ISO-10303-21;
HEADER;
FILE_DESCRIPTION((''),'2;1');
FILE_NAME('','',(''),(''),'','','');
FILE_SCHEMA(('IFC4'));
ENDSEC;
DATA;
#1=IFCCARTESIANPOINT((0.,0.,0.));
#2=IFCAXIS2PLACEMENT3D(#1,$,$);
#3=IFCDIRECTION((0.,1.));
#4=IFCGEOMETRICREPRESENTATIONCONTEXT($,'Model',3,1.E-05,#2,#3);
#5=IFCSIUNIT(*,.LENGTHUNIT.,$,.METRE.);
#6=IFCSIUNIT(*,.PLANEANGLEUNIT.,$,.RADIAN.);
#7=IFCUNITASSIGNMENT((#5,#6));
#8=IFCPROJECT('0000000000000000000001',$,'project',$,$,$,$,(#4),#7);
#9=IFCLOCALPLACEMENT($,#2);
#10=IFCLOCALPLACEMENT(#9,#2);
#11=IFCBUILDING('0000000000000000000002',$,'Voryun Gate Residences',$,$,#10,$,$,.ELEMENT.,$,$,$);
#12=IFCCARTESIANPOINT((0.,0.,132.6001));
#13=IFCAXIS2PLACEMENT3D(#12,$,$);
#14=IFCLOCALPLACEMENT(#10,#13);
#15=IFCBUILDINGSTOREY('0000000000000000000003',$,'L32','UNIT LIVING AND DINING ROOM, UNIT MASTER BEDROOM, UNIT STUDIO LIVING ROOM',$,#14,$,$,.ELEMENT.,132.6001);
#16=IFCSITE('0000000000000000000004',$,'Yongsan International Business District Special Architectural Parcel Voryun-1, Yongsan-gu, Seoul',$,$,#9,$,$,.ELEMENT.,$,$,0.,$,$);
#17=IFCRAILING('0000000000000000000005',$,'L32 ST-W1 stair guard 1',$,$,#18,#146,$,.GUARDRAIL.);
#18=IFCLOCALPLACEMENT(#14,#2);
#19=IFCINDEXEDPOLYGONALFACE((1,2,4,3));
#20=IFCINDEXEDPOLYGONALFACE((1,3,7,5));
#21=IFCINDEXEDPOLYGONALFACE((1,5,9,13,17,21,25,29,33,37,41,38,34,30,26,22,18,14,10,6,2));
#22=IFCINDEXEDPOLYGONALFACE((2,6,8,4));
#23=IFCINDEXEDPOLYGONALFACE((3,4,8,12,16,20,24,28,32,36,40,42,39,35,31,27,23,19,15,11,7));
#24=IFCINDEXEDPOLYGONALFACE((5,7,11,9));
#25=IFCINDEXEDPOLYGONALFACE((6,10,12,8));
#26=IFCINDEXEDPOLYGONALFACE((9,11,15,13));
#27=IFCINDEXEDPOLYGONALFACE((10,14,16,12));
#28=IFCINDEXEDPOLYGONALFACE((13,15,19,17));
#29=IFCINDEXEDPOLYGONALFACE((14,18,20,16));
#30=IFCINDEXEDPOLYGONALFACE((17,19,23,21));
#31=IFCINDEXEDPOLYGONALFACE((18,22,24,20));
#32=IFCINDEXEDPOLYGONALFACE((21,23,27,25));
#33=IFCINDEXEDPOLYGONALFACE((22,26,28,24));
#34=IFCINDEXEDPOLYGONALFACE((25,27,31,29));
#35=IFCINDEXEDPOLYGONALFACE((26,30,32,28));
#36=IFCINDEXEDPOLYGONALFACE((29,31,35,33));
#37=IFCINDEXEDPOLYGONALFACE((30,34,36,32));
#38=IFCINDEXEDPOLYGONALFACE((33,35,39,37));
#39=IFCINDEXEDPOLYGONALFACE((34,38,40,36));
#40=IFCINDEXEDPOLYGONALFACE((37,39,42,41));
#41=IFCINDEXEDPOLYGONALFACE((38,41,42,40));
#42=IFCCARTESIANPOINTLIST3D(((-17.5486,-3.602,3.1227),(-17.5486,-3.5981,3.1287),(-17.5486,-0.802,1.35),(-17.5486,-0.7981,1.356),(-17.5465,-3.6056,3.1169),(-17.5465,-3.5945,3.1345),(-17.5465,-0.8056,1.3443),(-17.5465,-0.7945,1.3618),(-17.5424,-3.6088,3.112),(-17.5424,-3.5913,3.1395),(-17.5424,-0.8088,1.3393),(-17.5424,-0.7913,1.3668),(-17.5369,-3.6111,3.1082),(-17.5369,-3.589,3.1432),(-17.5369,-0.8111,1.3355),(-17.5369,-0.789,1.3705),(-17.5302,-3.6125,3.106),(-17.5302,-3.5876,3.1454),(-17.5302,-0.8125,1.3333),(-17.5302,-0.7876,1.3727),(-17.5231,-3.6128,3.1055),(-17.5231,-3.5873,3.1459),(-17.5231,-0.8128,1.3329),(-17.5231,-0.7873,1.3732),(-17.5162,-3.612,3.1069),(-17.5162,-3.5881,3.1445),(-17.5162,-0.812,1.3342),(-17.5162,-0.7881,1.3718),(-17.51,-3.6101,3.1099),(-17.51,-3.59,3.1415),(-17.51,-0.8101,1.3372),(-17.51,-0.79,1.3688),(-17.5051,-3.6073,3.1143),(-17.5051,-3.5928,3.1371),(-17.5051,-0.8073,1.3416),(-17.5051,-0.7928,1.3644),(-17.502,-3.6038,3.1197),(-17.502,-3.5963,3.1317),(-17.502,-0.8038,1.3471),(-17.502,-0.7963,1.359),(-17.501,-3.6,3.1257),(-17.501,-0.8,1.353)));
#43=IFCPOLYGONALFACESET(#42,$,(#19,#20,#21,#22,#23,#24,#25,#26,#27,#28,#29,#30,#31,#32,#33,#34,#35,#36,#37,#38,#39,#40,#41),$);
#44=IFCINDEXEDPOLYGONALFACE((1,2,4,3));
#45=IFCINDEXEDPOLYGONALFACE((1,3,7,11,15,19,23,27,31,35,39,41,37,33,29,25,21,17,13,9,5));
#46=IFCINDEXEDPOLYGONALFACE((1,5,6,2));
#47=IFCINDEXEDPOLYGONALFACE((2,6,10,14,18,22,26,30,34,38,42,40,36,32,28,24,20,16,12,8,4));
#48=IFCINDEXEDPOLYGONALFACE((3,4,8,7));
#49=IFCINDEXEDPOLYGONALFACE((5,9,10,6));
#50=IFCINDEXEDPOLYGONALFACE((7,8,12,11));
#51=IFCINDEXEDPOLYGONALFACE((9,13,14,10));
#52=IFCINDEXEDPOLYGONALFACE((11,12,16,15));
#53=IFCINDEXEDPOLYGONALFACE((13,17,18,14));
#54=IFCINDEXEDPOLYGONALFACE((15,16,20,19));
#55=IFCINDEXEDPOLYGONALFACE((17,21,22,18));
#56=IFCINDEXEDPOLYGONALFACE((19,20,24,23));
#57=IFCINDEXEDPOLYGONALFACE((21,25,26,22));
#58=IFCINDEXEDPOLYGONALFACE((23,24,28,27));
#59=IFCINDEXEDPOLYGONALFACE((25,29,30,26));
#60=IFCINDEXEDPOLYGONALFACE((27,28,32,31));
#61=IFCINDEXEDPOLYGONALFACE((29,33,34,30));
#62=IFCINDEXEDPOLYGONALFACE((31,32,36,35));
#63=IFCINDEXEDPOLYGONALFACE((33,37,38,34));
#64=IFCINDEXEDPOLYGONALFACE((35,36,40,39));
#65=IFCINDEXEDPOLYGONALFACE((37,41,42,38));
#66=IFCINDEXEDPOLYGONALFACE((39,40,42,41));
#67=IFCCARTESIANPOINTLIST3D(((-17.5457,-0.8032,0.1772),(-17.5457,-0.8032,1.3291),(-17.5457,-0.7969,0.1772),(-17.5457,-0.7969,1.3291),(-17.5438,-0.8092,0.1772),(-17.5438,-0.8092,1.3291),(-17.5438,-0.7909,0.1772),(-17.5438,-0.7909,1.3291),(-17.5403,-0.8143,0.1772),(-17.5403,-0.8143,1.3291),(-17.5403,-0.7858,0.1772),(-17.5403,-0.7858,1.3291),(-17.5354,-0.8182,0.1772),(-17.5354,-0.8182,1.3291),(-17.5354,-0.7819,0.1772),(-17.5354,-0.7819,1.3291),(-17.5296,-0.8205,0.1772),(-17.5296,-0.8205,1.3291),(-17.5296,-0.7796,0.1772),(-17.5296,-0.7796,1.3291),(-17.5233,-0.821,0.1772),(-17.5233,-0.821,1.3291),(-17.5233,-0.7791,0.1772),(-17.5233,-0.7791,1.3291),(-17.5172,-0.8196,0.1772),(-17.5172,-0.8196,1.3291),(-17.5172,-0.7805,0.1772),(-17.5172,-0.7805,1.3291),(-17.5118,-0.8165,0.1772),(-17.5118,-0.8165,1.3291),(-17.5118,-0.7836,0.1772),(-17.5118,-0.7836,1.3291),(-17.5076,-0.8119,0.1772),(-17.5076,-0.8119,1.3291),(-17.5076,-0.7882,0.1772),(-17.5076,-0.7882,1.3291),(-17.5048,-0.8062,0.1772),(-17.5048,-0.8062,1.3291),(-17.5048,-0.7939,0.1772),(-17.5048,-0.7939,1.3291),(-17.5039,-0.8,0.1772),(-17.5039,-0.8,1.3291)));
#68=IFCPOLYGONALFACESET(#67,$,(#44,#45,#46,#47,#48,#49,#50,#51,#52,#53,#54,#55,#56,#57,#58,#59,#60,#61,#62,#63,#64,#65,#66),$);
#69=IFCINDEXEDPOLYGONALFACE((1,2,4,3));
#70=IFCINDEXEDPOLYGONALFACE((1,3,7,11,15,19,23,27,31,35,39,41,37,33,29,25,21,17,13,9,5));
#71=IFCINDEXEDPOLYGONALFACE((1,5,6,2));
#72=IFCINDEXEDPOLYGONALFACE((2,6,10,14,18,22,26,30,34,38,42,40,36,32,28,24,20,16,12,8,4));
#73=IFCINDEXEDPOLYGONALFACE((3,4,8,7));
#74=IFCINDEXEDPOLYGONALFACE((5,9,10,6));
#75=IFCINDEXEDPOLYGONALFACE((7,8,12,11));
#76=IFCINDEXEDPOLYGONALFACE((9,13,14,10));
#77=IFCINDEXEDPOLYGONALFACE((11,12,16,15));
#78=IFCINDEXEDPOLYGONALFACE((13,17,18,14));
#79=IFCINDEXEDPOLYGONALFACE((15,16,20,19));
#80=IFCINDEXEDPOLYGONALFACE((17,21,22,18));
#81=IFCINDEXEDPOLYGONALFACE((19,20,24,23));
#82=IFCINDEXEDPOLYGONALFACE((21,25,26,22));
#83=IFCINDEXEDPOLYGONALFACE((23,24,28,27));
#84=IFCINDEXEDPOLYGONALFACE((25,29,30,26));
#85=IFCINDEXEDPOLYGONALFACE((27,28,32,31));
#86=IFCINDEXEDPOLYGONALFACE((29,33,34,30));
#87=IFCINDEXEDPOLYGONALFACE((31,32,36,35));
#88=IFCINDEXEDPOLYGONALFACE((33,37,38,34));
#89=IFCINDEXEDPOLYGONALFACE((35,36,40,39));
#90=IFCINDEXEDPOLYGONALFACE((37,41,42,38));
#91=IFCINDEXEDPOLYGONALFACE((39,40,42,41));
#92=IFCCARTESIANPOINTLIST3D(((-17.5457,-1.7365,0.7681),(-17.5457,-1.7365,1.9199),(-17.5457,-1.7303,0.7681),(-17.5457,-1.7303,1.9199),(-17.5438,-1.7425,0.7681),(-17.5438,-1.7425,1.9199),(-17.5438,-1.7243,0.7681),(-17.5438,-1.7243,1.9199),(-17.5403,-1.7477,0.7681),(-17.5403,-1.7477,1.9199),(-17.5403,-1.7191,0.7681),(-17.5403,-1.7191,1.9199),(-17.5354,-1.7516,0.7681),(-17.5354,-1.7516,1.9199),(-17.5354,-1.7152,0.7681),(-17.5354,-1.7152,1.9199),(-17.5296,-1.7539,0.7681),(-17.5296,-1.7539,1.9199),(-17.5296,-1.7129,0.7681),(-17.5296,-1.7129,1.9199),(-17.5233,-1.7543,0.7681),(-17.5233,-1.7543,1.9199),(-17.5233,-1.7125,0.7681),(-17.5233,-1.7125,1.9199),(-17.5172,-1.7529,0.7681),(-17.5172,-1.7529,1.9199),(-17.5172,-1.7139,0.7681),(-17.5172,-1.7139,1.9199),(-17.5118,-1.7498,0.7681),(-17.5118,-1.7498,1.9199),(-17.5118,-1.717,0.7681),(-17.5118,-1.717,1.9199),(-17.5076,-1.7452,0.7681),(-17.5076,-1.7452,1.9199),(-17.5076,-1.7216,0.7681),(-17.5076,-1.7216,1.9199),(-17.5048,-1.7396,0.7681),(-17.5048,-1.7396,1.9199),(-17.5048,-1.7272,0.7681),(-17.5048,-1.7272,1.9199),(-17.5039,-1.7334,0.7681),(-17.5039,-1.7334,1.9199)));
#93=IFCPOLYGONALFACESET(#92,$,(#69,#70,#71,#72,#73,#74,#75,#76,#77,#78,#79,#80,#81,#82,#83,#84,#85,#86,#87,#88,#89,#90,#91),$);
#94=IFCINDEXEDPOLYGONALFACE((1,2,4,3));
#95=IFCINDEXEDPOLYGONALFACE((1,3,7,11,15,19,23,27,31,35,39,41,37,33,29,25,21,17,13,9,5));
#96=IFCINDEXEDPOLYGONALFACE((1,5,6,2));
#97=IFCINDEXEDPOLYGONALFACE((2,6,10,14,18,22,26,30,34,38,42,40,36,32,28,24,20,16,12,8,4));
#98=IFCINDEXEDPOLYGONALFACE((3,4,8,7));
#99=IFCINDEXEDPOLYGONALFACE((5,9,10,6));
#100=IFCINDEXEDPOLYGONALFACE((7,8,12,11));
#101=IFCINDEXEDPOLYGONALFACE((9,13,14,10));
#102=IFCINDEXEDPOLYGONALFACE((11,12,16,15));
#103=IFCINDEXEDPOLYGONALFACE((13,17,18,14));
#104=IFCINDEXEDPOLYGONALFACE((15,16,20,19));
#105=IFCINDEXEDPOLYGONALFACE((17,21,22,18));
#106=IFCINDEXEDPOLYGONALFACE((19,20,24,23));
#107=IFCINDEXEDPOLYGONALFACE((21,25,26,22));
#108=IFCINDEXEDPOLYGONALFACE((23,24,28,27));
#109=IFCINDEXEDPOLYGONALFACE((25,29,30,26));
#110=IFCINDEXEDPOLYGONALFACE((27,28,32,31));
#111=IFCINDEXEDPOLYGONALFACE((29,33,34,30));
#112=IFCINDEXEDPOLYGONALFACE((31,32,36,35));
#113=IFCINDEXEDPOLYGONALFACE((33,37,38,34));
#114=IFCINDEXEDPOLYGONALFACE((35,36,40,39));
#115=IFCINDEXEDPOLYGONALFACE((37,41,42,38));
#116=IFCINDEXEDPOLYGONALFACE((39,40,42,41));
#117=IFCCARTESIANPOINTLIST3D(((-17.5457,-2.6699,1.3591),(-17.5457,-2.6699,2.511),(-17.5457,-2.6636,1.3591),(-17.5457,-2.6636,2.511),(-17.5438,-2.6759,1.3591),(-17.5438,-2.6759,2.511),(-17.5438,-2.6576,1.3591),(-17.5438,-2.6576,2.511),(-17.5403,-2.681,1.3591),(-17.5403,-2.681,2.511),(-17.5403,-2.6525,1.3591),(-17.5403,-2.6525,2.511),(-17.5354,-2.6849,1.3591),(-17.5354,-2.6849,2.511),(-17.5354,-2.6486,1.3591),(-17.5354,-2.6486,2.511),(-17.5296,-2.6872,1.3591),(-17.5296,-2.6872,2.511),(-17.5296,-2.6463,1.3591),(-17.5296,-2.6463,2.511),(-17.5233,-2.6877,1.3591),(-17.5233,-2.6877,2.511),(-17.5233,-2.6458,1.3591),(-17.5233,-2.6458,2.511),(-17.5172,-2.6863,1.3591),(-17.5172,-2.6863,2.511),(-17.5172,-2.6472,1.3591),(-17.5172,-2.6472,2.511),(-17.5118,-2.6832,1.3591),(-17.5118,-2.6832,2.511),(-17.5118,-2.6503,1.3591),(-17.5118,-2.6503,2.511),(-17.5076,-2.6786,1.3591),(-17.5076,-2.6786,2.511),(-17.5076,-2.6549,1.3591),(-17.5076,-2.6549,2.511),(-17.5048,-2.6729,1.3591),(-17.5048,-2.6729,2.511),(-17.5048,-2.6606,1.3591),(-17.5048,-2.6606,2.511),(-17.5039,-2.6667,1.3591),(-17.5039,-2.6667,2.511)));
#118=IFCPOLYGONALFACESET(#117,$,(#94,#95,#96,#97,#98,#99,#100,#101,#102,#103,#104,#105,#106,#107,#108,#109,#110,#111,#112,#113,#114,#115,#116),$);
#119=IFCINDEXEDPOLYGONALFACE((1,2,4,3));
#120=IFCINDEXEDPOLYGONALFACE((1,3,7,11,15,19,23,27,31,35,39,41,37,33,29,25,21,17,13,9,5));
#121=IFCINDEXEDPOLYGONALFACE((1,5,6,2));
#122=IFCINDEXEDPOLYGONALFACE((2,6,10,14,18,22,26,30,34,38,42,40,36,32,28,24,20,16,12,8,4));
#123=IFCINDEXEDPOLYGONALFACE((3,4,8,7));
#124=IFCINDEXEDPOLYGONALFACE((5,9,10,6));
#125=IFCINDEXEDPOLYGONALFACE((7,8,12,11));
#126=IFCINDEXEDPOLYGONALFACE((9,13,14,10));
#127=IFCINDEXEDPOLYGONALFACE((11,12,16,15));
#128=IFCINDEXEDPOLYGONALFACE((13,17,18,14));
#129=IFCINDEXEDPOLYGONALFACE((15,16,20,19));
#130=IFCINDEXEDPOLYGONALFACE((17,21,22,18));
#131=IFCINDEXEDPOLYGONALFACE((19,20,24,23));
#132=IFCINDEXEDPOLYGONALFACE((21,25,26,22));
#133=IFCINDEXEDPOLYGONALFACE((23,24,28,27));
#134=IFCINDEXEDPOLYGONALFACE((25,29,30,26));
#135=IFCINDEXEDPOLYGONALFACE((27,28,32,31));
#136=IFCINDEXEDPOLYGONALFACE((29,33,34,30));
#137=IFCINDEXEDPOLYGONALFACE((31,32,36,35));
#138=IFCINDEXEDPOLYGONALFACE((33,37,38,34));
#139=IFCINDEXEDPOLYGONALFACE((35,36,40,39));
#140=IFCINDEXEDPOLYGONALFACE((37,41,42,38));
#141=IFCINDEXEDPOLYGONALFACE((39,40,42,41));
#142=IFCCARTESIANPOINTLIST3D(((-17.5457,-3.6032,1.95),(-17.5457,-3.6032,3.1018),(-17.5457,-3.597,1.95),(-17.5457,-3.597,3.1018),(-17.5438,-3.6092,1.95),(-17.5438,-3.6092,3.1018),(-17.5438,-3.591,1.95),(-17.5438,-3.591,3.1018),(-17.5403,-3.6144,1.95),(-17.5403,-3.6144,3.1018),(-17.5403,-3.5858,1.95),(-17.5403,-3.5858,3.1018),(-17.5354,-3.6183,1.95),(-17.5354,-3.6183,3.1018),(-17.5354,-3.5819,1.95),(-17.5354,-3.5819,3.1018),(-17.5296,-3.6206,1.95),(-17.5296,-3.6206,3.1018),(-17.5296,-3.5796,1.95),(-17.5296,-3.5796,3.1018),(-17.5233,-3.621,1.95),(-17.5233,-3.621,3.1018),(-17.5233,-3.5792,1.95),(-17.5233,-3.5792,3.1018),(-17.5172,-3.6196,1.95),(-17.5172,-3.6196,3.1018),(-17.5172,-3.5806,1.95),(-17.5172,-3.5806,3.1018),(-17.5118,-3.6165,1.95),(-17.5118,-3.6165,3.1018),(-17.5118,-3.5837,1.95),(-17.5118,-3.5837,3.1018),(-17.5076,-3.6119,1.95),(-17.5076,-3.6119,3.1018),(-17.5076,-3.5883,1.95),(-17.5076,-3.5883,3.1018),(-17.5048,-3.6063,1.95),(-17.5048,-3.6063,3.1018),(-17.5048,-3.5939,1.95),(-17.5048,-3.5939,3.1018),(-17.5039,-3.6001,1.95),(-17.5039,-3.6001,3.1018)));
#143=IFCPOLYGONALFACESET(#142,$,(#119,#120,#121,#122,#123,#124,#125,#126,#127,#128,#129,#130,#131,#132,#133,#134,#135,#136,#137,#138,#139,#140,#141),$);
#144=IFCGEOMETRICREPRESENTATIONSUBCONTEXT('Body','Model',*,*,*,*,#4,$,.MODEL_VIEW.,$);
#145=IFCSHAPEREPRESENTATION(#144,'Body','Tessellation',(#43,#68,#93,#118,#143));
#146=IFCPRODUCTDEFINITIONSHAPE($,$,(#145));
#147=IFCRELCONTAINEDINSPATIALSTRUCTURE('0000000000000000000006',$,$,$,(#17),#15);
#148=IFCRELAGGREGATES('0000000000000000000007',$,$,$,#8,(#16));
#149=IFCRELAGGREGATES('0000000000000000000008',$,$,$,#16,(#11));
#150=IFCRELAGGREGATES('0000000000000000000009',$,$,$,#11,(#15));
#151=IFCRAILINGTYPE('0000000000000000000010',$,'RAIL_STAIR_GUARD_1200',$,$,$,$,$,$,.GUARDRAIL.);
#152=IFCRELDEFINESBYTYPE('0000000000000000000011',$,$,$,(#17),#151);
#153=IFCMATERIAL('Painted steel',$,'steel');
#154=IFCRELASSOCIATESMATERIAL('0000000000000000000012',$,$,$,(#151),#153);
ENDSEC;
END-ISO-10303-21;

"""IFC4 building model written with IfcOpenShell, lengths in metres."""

from ifc_helpers import new_model, si_unit, direction, frame, origin, origin_2d, place, context, subcontext, project, spatial, circle, extrude, material, type_object, element, save


model = new_model("IFC4")

# Units and contexts
model_context = context("Model", 3, precision=1e-05, world=origin(), true_north=direction((0.0, 1.0)))
body_context = subcontext(model_context, "Body", "Model", "MODEL_VIEW")
ifc_project = project(units=[si_unit("LENGTHUNIT", "METRE"), si_unit("PLANEANGLEUNIT", "RADIAN")], contexts=[model_context])

# Site, building, storey
site_placement = place(None, origin())
site = spatial("IfcSite", under=ifc_project, at=site_placement, Name="Yongsan International Business District Special Architectural Parcel Voryun-1, Yongsan-gu, Seoul", CompositionType="ELEMENT", RefElevation=0.0)
building_placement = place(site_placement, origin())
building = spatial("IfcBuilding", under=site, at=building_placement, Name="Voryun Gate Residences", CompositionType="ELEMENT")
storey_placement = place(building_placement, frame((0.0, 0.0, 132.6001)))
storey = spatial("IfcBuildingStorey", under=building, at=storey_placement, Name="L32", Description="UNIT LIVING AND DINING ROOM, UNIT MASTER BEDROOM, UNIT STUDIO LIVING ROOM", CompositionType="ELEMENT", Elevation=132.6001)

# Railing
ifc_material_1 = material(Name="Painted steel", Category="steel")
railing_type_1 = type_object("IfcRailingType", Name="RAIL_STAIR_GUARD_1200", PredefinedType="GUARDRAIL", material=ifc_material_1)
railing_1_placement = place(storey_placement, frame((-17.5249, -0.8, 0.1772)))
element("IfcRailing", 1, at=railing_1_placement, inside=storey, type_object=railing_type_1, Name="L32 ST-W1 stair guard 1", PredefinedType="GUARDRAIL", context=body_context, shape_type="SweptSolid", body=[
    extrude(circle(Radius=0.0239, at=origin_2d()), frame((0.0, 0.0, 1.1758), z_axis=(0.0, -0.844909, 0.53491), x_axis=(1.0, 0.0, 0.0)), (0.0, 0.0, 1.0), 3.314),
    extrude(circle(Radius=0.021, at=origin_2d()), origin(), (0.0, 0.0, 1.0), 1.1519),
    extrude(circle(Radius=0.021, at=origin_2d()), frame((0.0, -0.9333, 0.5908)), (0.0, 0.0, 1.0), 1.1519),
    extrude(circle(Radius=0.021, at=origin_2d()), frame((0.0, -1.8667, 1.1819)), (0.0, 0.0, 1.0), 1.1519),
    extrude(circle(Radius=0.021, at=origin_2d()), frame((0.0, -2.8, 1.7727)), (0.0, 0.0, 1.0), 1.1519),
])

save(model, "model.ifc")
